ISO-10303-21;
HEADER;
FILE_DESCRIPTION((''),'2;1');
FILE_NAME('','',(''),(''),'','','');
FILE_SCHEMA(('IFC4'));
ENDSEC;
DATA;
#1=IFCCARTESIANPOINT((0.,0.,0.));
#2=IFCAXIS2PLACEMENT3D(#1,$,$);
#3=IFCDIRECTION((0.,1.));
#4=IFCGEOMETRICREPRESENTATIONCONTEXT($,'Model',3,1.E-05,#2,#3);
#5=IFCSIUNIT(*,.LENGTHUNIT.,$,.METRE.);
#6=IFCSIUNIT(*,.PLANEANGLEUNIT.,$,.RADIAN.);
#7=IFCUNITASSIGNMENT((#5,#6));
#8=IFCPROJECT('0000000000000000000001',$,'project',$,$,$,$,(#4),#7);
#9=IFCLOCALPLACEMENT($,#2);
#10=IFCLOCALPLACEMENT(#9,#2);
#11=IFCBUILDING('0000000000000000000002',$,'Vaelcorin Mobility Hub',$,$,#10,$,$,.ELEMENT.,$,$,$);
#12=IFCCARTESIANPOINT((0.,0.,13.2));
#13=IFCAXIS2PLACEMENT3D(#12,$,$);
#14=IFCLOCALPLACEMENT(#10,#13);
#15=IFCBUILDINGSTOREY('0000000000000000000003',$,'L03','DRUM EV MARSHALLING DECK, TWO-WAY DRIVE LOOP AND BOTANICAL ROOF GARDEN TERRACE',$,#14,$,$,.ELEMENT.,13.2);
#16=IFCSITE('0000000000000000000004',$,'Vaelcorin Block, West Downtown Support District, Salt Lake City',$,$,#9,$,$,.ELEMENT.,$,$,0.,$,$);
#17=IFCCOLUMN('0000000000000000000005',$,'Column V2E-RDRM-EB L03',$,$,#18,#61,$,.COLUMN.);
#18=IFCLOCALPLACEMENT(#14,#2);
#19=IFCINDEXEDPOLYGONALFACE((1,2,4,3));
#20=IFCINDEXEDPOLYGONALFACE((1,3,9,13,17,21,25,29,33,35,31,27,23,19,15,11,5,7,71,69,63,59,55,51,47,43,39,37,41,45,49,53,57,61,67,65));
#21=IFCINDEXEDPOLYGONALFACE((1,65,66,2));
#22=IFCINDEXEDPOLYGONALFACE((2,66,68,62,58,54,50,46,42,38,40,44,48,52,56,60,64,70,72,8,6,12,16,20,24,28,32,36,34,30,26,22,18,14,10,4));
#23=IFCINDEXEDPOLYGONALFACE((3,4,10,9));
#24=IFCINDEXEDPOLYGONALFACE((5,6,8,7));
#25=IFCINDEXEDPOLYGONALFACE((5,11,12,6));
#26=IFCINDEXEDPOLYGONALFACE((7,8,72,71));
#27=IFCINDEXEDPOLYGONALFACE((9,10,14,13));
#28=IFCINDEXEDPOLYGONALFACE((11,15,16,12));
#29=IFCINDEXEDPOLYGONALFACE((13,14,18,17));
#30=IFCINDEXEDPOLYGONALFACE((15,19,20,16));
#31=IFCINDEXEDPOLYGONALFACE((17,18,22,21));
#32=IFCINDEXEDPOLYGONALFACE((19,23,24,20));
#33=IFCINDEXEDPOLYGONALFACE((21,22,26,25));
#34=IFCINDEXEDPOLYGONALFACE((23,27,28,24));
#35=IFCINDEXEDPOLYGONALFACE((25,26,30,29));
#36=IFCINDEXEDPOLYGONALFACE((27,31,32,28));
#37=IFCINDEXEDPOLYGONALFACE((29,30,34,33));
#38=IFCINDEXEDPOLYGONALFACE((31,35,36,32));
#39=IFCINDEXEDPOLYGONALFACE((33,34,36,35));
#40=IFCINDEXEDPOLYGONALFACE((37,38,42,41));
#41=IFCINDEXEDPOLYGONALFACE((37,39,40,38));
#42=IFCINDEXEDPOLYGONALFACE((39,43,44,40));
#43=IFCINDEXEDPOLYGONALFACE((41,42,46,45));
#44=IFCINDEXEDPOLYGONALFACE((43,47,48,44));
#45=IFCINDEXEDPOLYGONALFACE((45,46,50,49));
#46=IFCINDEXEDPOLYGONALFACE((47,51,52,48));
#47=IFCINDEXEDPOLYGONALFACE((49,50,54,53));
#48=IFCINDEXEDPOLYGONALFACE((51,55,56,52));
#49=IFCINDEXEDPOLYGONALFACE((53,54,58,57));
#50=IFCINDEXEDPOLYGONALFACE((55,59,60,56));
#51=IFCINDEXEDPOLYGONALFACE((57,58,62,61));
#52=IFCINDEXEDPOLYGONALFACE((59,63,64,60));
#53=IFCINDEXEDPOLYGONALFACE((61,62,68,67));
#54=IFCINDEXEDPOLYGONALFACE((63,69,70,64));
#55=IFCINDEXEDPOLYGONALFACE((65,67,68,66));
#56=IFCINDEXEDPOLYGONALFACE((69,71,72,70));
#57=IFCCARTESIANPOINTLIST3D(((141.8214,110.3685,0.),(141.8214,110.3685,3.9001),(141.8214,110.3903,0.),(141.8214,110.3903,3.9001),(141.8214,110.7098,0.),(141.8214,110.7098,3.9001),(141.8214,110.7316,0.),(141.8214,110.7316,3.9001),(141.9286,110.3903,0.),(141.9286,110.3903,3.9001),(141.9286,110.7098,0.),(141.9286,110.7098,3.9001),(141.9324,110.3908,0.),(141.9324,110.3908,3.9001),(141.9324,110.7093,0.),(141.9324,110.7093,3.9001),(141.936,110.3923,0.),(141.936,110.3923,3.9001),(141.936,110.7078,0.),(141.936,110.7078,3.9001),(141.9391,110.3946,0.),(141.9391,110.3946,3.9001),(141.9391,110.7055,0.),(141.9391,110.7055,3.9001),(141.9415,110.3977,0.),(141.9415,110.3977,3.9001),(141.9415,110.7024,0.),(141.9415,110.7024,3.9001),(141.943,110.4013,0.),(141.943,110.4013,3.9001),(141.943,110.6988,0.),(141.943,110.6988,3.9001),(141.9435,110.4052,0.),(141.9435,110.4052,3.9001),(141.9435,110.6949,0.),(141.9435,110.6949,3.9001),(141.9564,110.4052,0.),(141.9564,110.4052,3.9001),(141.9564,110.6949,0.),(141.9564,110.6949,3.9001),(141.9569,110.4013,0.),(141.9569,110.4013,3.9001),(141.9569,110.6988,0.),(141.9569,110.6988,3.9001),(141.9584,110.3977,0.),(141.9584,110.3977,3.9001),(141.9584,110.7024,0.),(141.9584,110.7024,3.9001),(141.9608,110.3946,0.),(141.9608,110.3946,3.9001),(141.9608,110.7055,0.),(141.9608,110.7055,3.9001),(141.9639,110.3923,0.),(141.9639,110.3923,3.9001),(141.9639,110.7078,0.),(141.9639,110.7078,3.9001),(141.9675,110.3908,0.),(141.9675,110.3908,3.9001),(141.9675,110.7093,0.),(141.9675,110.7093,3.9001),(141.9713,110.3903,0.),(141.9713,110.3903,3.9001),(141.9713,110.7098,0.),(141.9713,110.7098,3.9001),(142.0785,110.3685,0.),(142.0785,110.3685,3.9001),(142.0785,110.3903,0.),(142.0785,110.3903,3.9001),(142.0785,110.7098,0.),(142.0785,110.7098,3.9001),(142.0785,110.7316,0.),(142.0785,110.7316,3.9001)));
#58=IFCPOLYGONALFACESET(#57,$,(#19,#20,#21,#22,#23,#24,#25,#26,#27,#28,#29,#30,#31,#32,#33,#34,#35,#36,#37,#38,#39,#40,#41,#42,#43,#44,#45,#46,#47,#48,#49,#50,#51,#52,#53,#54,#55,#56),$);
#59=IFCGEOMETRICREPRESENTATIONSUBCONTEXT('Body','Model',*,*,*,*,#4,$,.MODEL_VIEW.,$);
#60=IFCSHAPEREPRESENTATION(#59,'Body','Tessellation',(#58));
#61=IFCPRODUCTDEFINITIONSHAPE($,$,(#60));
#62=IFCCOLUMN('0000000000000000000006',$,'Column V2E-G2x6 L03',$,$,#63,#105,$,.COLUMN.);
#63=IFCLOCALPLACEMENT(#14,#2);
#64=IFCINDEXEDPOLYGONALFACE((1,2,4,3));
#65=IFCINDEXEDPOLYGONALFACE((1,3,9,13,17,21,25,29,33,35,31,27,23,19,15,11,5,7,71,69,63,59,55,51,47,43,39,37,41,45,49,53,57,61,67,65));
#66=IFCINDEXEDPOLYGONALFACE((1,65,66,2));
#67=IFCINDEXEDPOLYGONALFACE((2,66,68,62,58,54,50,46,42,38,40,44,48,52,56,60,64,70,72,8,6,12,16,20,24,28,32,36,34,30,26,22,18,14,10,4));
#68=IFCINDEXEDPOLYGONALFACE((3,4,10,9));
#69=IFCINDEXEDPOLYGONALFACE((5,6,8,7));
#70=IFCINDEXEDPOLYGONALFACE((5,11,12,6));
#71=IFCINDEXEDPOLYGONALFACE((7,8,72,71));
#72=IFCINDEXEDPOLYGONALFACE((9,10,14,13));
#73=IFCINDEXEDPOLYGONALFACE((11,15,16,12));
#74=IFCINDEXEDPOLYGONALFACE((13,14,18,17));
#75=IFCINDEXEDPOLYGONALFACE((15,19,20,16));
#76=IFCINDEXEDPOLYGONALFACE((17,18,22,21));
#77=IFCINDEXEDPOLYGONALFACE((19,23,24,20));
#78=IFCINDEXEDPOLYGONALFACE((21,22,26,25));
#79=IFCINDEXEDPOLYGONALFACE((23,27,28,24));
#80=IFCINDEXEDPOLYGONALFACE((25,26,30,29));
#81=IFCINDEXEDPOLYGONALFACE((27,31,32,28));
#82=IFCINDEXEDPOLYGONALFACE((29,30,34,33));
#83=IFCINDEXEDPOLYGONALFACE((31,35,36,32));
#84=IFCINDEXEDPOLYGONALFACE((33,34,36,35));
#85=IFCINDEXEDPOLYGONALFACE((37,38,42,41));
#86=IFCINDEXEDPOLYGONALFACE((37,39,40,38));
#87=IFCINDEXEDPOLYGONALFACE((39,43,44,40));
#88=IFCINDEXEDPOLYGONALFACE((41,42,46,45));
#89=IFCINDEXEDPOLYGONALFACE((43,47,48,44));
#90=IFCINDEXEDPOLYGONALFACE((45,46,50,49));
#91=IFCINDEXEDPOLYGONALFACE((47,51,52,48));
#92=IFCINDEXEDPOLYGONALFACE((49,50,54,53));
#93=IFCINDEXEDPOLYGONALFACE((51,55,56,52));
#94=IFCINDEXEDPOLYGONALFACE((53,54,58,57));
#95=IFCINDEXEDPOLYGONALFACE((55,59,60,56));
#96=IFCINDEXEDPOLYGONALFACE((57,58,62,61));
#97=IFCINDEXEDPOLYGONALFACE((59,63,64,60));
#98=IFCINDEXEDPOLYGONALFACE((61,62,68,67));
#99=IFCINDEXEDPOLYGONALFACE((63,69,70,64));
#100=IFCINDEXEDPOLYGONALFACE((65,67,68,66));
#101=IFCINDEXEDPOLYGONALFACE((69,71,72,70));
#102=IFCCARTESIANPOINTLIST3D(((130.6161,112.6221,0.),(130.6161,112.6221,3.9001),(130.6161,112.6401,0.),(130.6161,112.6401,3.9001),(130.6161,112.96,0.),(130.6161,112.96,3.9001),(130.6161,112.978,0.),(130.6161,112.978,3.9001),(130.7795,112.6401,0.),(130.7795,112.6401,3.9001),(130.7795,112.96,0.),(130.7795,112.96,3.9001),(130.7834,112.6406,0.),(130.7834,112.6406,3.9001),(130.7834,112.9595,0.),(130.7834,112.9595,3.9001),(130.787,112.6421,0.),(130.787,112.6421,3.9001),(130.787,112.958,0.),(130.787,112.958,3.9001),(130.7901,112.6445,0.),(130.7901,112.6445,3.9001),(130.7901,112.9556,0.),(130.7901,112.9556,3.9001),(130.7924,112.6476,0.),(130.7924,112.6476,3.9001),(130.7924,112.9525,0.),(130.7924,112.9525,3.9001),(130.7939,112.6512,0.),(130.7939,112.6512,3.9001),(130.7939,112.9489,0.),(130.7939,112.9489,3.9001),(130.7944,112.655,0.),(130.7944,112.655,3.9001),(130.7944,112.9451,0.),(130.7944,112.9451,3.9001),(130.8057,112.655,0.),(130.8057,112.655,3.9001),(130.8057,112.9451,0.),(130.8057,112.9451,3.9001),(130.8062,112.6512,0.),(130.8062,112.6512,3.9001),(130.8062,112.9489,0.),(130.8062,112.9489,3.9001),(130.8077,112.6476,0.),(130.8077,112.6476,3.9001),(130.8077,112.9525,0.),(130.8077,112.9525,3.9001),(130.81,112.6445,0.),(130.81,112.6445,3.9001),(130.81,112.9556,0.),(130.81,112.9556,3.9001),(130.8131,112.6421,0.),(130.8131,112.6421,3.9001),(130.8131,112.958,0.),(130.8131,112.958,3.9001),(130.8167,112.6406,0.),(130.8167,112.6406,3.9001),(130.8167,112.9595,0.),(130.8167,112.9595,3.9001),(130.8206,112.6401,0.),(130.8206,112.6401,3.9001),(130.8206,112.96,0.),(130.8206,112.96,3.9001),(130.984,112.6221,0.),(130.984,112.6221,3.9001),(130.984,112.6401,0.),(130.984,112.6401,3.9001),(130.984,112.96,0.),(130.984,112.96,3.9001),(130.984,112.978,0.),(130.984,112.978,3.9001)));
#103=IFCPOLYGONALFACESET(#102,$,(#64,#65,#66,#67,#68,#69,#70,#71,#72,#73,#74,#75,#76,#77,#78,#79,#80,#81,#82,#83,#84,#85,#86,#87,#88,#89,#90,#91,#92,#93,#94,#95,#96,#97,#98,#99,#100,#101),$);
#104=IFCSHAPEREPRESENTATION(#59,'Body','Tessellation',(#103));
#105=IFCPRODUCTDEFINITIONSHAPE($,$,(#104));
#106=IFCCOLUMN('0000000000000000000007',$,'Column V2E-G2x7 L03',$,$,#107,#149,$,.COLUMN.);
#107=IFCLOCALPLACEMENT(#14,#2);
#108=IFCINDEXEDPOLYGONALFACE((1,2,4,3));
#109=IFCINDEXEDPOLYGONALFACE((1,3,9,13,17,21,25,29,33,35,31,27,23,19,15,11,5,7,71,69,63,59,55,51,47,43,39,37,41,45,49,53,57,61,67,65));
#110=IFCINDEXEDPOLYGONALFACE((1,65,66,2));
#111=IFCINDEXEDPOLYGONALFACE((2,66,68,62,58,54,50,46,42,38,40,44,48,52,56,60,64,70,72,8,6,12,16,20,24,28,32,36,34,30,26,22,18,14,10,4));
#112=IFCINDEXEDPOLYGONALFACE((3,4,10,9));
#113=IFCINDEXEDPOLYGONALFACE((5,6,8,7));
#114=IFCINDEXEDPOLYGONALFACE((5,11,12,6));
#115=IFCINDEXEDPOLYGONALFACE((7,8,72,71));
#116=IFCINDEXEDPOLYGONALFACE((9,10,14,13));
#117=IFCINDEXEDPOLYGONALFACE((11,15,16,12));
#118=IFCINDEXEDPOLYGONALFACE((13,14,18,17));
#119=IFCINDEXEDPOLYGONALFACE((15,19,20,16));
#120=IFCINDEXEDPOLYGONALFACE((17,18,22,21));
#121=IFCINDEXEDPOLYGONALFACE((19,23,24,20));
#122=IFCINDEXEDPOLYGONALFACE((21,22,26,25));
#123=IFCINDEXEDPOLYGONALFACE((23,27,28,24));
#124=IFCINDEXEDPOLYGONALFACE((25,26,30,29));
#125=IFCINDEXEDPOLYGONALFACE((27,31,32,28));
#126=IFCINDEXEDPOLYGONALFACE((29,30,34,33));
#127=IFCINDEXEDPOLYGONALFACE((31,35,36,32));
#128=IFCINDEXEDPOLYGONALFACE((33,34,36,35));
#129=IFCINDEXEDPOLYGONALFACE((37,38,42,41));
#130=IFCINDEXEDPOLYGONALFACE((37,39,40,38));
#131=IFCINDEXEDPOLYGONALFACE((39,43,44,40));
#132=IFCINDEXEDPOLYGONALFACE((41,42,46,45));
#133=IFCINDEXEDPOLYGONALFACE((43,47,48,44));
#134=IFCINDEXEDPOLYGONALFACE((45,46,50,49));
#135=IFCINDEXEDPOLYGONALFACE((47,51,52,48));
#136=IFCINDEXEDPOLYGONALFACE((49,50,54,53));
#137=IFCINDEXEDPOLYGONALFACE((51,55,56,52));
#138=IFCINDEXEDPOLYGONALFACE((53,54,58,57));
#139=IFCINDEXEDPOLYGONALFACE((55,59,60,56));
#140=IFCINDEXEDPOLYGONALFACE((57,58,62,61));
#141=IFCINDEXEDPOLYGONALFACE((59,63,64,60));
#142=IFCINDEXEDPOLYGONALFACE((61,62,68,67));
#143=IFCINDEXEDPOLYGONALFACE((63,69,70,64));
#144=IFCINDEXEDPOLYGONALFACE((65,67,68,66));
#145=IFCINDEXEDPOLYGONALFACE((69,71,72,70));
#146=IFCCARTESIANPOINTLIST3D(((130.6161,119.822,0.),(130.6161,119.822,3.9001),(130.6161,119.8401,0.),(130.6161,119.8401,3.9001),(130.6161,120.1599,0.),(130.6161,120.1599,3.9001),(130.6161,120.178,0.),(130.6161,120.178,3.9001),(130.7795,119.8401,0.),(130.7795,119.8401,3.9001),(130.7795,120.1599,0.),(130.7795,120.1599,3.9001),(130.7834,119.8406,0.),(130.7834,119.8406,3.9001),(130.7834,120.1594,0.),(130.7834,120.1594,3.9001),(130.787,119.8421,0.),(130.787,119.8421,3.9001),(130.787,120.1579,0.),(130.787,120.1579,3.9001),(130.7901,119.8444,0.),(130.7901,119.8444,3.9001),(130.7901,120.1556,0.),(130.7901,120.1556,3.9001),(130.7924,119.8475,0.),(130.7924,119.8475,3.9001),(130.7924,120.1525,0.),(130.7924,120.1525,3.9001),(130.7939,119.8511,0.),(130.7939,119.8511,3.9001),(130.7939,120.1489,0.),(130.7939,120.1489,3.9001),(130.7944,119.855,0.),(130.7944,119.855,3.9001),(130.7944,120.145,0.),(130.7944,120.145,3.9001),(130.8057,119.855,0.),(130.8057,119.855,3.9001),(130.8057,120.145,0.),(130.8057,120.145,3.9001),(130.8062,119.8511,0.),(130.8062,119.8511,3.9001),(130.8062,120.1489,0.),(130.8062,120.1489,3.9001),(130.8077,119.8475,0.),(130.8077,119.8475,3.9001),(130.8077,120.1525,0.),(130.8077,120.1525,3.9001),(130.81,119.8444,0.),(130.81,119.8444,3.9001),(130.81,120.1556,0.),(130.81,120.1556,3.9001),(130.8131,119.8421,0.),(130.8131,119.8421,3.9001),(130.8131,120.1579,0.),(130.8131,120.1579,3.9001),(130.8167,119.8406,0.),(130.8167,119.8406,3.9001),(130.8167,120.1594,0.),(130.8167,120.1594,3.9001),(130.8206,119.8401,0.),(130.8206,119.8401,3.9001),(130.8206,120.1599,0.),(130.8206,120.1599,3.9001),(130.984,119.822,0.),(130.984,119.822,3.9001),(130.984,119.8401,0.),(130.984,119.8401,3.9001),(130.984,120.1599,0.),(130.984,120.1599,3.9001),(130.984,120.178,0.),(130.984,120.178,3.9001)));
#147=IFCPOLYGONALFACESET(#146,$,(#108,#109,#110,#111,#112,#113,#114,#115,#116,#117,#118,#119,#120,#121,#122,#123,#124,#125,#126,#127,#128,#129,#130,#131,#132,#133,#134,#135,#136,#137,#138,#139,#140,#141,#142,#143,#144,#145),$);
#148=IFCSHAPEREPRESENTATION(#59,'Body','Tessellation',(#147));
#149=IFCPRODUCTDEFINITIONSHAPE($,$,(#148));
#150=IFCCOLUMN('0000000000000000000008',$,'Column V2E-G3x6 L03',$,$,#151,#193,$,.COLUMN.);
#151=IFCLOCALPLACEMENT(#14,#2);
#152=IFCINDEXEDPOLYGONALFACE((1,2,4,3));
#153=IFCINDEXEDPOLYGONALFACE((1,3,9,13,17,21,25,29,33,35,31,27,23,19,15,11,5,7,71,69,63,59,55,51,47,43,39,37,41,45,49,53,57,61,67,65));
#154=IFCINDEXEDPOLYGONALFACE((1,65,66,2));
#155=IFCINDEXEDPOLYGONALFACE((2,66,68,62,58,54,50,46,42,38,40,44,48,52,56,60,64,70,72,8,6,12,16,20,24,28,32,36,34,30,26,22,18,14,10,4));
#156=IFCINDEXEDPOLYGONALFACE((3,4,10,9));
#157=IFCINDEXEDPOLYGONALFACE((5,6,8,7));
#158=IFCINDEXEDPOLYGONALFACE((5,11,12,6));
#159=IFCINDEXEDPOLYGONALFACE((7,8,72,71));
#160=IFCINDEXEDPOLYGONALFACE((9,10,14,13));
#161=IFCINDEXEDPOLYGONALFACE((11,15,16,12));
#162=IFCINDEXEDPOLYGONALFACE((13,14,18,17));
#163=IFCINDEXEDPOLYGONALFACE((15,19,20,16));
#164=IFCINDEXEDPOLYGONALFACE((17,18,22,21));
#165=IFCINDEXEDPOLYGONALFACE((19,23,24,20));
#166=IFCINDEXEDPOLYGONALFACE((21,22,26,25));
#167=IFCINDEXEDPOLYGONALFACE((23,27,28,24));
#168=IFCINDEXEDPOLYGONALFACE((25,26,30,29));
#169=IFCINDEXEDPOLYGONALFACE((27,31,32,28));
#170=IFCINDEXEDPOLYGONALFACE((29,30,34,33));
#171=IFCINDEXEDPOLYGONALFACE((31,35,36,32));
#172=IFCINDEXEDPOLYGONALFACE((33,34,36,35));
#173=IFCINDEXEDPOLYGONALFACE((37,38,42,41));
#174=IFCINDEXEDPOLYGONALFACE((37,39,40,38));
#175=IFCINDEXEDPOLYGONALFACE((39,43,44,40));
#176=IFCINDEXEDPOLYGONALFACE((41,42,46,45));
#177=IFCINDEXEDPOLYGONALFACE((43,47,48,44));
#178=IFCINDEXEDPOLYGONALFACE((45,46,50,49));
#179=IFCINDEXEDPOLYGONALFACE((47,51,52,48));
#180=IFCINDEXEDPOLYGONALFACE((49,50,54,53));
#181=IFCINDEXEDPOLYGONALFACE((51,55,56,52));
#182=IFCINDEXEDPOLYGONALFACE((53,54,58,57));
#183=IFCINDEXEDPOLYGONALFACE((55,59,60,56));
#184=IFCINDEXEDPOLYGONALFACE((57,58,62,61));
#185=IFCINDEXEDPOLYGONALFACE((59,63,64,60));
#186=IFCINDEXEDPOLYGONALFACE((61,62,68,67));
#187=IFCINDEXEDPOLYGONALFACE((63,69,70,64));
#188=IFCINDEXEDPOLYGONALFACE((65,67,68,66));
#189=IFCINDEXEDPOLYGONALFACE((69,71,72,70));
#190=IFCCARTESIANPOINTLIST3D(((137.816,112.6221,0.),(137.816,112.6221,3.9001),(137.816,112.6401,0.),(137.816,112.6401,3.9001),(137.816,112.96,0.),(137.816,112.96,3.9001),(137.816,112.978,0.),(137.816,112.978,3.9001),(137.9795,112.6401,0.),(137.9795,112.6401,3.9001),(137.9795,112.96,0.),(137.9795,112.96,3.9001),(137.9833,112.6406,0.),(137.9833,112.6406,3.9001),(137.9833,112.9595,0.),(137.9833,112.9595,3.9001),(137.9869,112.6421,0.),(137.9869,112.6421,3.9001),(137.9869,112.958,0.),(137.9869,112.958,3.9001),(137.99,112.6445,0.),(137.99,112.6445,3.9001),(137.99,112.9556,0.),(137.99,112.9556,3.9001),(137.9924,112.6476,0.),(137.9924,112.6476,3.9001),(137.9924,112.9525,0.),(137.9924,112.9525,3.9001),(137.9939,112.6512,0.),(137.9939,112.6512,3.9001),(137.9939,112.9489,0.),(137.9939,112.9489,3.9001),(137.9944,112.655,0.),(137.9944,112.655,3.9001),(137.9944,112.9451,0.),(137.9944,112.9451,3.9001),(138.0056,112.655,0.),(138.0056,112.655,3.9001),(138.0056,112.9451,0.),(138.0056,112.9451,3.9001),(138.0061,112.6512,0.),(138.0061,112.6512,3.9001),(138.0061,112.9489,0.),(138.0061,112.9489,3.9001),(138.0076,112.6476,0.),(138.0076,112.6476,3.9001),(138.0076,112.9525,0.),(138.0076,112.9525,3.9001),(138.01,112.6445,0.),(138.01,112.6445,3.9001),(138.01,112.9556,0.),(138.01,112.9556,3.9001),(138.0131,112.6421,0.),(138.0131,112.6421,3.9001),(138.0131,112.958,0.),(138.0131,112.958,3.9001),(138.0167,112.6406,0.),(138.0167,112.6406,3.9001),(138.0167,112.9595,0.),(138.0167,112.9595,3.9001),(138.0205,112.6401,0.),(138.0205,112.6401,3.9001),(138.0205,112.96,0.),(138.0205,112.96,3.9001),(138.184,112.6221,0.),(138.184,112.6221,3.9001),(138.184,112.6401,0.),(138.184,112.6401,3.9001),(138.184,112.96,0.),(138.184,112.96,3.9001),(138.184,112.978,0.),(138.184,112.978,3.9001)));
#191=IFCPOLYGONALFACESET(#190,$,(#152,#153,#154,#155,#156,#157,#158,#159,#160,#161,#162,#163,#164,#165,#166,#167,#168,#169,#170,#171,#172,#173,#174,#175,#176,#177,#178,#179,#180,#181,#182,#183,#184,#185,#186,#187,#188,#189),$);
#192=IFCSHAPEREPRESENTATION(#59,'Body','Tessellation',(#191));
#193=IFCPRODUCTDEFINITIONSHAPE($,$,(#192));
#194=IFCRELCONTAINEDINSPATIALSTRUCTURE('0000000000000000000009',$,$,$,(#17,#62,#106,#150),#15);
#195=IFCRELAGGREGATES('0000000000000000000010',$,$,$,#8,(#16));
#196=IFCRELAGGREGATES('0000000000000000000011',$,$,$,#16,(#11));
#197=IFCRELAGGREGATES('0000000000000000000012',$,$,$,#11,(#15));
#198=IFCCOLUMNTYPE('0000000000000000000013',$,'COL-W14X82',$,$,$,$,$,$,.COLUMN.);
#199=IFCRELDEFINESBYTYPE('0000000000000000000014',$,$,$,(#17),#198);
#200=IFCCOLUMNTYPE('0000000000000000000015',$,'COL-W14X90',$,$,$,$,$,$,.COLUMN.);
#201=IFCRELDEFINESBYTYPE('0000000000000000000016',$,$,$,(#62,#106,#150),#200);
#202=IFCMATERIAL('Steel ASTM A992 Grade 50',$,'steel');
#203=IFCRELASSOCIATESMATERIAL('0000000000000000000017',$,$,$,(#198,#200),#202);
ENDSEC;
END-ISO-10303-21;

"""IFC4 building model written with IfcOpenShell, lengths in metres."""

from ifc_helpers import new_model, si_unit, direction, frame, origin, origin_2d, place, context, subcontext, project, spatial, i_section, extrude, material, material_profile, profile_set, type_object, element, save


model = new_model("IFC4")

# Units and contexts
model_context = context("Model", 3, precision=1e-05, world=origin(), true_north=direction((0.0, 1.0)))
body_context = subcontext(model_context, "Body", "Model", "MODEL_VIEW")
ifc_project = project(units=[si_unit("LENGTHUNIT", "METRE"), si_unit("PLANEANGLEUNIT", "RADIAN")], contexts=[model_context])

# Site, building, storey
site_placement = place(None, origin())
site = spatial("IfcSite", under=ifc_project, at=site_placement, Name="Vaelcorin Block, West Downtown Support District, Salt Lake City", CompositionType="ELEMENT", RefElevation=0.0)
building_placement = place(site_placement, origin())
building = spatial("IfcBuilding", under=site, at=building_placement, Name="Vaelcorin Mobility Hub", CompositionType="ELEMENT")
storey_placement = place(building_placement, frame((0.0, 0.0, 13.2)))
storey = spatial("IfcBuildingStorey", under=building, at=storey_placement, Name="L03", Description="DRUM EV MARSHALLING DECK, TWO-WAY DRIVE LOOP AND BOTANICAL ROOF GARDEN TERRACE", CompositionType="ELEMENT", Elevation=13.2)

# Columns
ifc_material_1 = material(Name="Steel ASTM A992 Grade 50", Category="steel")
ifc_material_profile_1 = material_profile(ifc_material_1, i_section(OverallWidth=0.2571, OverallDepth=0.363, WebThickness=0.0129, FlangeThickness=0.0217, FilletRadius=0.0149, at=origin_2d()), Name="W14X82")
ifc_profile_set_1 = profile_set([ifc_material_profile_1], Name="Steel ASTM A992 Grade 50")
column_type_1 = type_object("IfcColumnType", Name="COL-W14X82", PredefinedType="COLUMN", material=ifc_profile_set_1)
column_placement = place(storey_placement, frame((141.95, 110.55, 0.0), z_axis=(0.0, 0.0, 1.0), x_axis=(1.0, 0.0, 0.0)))
element("IfcColumn", 1, at=column_placement, inside=storey, type_object=column_type_1, Name="Column V2E-RDRM-EB L03", PredefinedType="COLUMN", context=body_context, shape_type="SweptSolid", body=[
    extrude(i_section(OverallWidth=0.2571, OverallDepth=0.363, WebThickness=0.0129, FlangeThickness=0.0217, FilletRadius=0.0149, at=origin_2d()), origin(), (0.0, 0.0, 1.0), 3.9001),
])
ifc_material_profile_2 = material_profile(ifc_material_1, i_section(OverallWidth=0.3679, OverallDepth=0.356, WebThickness=0.0112, FlangeThickness=0.0181, FilletRadius=0.0149, at=origin_2d()), Name="W14X90")
ifc_profile_set_2 = profile_set([ifc_material_profile_2], Name="Steel ASTM A992 Grade 50")
column_type_2 = type_object("IfcColumnType", Name="COL-W14X90", PredefinedType="COLUMN", material=ifc_profile_set_2)
for number, where, z_axis, x_axis, name in (
    (2, (130.8, 112.8, 0.0), (0.0, 0.0, 1.0), (1.0, 0.0, 0.0), "Column V2E-G2x6 L03"),
    (3, (130.8, 120.0, 0.0), (0.0, 0.0, 1.0), (1.0, 0.0, 0.0), "Column V2E-G2x7 L03"),
    (4, (138.0, 112.8, 0.0), (0.0, 0.0, 1.0), (1.0, 0.0, 0.0), "Column V2E-G3x6 L03"),
):
    element("IfcColumn", number, at=place(storey_placement, frame(where, z_axis=z_axis, x_axis=x_axis)), inside=storey, type_object=column_type_2, Name=name, PredefinedType="COLUMN", context=body_context, shape_type="SweptSolid", body=[
        extrude(i_section(OverallWidth=0.3679, OverallDepth=0.356, WebThickness=0.0112, FlangeThickness=0.0181, FilletRadius=0.0149, at=origin_2d()), origin(), (0.0, 0.0, 1.0), 3.9001),
    ])

save(model, "model.ifc")
